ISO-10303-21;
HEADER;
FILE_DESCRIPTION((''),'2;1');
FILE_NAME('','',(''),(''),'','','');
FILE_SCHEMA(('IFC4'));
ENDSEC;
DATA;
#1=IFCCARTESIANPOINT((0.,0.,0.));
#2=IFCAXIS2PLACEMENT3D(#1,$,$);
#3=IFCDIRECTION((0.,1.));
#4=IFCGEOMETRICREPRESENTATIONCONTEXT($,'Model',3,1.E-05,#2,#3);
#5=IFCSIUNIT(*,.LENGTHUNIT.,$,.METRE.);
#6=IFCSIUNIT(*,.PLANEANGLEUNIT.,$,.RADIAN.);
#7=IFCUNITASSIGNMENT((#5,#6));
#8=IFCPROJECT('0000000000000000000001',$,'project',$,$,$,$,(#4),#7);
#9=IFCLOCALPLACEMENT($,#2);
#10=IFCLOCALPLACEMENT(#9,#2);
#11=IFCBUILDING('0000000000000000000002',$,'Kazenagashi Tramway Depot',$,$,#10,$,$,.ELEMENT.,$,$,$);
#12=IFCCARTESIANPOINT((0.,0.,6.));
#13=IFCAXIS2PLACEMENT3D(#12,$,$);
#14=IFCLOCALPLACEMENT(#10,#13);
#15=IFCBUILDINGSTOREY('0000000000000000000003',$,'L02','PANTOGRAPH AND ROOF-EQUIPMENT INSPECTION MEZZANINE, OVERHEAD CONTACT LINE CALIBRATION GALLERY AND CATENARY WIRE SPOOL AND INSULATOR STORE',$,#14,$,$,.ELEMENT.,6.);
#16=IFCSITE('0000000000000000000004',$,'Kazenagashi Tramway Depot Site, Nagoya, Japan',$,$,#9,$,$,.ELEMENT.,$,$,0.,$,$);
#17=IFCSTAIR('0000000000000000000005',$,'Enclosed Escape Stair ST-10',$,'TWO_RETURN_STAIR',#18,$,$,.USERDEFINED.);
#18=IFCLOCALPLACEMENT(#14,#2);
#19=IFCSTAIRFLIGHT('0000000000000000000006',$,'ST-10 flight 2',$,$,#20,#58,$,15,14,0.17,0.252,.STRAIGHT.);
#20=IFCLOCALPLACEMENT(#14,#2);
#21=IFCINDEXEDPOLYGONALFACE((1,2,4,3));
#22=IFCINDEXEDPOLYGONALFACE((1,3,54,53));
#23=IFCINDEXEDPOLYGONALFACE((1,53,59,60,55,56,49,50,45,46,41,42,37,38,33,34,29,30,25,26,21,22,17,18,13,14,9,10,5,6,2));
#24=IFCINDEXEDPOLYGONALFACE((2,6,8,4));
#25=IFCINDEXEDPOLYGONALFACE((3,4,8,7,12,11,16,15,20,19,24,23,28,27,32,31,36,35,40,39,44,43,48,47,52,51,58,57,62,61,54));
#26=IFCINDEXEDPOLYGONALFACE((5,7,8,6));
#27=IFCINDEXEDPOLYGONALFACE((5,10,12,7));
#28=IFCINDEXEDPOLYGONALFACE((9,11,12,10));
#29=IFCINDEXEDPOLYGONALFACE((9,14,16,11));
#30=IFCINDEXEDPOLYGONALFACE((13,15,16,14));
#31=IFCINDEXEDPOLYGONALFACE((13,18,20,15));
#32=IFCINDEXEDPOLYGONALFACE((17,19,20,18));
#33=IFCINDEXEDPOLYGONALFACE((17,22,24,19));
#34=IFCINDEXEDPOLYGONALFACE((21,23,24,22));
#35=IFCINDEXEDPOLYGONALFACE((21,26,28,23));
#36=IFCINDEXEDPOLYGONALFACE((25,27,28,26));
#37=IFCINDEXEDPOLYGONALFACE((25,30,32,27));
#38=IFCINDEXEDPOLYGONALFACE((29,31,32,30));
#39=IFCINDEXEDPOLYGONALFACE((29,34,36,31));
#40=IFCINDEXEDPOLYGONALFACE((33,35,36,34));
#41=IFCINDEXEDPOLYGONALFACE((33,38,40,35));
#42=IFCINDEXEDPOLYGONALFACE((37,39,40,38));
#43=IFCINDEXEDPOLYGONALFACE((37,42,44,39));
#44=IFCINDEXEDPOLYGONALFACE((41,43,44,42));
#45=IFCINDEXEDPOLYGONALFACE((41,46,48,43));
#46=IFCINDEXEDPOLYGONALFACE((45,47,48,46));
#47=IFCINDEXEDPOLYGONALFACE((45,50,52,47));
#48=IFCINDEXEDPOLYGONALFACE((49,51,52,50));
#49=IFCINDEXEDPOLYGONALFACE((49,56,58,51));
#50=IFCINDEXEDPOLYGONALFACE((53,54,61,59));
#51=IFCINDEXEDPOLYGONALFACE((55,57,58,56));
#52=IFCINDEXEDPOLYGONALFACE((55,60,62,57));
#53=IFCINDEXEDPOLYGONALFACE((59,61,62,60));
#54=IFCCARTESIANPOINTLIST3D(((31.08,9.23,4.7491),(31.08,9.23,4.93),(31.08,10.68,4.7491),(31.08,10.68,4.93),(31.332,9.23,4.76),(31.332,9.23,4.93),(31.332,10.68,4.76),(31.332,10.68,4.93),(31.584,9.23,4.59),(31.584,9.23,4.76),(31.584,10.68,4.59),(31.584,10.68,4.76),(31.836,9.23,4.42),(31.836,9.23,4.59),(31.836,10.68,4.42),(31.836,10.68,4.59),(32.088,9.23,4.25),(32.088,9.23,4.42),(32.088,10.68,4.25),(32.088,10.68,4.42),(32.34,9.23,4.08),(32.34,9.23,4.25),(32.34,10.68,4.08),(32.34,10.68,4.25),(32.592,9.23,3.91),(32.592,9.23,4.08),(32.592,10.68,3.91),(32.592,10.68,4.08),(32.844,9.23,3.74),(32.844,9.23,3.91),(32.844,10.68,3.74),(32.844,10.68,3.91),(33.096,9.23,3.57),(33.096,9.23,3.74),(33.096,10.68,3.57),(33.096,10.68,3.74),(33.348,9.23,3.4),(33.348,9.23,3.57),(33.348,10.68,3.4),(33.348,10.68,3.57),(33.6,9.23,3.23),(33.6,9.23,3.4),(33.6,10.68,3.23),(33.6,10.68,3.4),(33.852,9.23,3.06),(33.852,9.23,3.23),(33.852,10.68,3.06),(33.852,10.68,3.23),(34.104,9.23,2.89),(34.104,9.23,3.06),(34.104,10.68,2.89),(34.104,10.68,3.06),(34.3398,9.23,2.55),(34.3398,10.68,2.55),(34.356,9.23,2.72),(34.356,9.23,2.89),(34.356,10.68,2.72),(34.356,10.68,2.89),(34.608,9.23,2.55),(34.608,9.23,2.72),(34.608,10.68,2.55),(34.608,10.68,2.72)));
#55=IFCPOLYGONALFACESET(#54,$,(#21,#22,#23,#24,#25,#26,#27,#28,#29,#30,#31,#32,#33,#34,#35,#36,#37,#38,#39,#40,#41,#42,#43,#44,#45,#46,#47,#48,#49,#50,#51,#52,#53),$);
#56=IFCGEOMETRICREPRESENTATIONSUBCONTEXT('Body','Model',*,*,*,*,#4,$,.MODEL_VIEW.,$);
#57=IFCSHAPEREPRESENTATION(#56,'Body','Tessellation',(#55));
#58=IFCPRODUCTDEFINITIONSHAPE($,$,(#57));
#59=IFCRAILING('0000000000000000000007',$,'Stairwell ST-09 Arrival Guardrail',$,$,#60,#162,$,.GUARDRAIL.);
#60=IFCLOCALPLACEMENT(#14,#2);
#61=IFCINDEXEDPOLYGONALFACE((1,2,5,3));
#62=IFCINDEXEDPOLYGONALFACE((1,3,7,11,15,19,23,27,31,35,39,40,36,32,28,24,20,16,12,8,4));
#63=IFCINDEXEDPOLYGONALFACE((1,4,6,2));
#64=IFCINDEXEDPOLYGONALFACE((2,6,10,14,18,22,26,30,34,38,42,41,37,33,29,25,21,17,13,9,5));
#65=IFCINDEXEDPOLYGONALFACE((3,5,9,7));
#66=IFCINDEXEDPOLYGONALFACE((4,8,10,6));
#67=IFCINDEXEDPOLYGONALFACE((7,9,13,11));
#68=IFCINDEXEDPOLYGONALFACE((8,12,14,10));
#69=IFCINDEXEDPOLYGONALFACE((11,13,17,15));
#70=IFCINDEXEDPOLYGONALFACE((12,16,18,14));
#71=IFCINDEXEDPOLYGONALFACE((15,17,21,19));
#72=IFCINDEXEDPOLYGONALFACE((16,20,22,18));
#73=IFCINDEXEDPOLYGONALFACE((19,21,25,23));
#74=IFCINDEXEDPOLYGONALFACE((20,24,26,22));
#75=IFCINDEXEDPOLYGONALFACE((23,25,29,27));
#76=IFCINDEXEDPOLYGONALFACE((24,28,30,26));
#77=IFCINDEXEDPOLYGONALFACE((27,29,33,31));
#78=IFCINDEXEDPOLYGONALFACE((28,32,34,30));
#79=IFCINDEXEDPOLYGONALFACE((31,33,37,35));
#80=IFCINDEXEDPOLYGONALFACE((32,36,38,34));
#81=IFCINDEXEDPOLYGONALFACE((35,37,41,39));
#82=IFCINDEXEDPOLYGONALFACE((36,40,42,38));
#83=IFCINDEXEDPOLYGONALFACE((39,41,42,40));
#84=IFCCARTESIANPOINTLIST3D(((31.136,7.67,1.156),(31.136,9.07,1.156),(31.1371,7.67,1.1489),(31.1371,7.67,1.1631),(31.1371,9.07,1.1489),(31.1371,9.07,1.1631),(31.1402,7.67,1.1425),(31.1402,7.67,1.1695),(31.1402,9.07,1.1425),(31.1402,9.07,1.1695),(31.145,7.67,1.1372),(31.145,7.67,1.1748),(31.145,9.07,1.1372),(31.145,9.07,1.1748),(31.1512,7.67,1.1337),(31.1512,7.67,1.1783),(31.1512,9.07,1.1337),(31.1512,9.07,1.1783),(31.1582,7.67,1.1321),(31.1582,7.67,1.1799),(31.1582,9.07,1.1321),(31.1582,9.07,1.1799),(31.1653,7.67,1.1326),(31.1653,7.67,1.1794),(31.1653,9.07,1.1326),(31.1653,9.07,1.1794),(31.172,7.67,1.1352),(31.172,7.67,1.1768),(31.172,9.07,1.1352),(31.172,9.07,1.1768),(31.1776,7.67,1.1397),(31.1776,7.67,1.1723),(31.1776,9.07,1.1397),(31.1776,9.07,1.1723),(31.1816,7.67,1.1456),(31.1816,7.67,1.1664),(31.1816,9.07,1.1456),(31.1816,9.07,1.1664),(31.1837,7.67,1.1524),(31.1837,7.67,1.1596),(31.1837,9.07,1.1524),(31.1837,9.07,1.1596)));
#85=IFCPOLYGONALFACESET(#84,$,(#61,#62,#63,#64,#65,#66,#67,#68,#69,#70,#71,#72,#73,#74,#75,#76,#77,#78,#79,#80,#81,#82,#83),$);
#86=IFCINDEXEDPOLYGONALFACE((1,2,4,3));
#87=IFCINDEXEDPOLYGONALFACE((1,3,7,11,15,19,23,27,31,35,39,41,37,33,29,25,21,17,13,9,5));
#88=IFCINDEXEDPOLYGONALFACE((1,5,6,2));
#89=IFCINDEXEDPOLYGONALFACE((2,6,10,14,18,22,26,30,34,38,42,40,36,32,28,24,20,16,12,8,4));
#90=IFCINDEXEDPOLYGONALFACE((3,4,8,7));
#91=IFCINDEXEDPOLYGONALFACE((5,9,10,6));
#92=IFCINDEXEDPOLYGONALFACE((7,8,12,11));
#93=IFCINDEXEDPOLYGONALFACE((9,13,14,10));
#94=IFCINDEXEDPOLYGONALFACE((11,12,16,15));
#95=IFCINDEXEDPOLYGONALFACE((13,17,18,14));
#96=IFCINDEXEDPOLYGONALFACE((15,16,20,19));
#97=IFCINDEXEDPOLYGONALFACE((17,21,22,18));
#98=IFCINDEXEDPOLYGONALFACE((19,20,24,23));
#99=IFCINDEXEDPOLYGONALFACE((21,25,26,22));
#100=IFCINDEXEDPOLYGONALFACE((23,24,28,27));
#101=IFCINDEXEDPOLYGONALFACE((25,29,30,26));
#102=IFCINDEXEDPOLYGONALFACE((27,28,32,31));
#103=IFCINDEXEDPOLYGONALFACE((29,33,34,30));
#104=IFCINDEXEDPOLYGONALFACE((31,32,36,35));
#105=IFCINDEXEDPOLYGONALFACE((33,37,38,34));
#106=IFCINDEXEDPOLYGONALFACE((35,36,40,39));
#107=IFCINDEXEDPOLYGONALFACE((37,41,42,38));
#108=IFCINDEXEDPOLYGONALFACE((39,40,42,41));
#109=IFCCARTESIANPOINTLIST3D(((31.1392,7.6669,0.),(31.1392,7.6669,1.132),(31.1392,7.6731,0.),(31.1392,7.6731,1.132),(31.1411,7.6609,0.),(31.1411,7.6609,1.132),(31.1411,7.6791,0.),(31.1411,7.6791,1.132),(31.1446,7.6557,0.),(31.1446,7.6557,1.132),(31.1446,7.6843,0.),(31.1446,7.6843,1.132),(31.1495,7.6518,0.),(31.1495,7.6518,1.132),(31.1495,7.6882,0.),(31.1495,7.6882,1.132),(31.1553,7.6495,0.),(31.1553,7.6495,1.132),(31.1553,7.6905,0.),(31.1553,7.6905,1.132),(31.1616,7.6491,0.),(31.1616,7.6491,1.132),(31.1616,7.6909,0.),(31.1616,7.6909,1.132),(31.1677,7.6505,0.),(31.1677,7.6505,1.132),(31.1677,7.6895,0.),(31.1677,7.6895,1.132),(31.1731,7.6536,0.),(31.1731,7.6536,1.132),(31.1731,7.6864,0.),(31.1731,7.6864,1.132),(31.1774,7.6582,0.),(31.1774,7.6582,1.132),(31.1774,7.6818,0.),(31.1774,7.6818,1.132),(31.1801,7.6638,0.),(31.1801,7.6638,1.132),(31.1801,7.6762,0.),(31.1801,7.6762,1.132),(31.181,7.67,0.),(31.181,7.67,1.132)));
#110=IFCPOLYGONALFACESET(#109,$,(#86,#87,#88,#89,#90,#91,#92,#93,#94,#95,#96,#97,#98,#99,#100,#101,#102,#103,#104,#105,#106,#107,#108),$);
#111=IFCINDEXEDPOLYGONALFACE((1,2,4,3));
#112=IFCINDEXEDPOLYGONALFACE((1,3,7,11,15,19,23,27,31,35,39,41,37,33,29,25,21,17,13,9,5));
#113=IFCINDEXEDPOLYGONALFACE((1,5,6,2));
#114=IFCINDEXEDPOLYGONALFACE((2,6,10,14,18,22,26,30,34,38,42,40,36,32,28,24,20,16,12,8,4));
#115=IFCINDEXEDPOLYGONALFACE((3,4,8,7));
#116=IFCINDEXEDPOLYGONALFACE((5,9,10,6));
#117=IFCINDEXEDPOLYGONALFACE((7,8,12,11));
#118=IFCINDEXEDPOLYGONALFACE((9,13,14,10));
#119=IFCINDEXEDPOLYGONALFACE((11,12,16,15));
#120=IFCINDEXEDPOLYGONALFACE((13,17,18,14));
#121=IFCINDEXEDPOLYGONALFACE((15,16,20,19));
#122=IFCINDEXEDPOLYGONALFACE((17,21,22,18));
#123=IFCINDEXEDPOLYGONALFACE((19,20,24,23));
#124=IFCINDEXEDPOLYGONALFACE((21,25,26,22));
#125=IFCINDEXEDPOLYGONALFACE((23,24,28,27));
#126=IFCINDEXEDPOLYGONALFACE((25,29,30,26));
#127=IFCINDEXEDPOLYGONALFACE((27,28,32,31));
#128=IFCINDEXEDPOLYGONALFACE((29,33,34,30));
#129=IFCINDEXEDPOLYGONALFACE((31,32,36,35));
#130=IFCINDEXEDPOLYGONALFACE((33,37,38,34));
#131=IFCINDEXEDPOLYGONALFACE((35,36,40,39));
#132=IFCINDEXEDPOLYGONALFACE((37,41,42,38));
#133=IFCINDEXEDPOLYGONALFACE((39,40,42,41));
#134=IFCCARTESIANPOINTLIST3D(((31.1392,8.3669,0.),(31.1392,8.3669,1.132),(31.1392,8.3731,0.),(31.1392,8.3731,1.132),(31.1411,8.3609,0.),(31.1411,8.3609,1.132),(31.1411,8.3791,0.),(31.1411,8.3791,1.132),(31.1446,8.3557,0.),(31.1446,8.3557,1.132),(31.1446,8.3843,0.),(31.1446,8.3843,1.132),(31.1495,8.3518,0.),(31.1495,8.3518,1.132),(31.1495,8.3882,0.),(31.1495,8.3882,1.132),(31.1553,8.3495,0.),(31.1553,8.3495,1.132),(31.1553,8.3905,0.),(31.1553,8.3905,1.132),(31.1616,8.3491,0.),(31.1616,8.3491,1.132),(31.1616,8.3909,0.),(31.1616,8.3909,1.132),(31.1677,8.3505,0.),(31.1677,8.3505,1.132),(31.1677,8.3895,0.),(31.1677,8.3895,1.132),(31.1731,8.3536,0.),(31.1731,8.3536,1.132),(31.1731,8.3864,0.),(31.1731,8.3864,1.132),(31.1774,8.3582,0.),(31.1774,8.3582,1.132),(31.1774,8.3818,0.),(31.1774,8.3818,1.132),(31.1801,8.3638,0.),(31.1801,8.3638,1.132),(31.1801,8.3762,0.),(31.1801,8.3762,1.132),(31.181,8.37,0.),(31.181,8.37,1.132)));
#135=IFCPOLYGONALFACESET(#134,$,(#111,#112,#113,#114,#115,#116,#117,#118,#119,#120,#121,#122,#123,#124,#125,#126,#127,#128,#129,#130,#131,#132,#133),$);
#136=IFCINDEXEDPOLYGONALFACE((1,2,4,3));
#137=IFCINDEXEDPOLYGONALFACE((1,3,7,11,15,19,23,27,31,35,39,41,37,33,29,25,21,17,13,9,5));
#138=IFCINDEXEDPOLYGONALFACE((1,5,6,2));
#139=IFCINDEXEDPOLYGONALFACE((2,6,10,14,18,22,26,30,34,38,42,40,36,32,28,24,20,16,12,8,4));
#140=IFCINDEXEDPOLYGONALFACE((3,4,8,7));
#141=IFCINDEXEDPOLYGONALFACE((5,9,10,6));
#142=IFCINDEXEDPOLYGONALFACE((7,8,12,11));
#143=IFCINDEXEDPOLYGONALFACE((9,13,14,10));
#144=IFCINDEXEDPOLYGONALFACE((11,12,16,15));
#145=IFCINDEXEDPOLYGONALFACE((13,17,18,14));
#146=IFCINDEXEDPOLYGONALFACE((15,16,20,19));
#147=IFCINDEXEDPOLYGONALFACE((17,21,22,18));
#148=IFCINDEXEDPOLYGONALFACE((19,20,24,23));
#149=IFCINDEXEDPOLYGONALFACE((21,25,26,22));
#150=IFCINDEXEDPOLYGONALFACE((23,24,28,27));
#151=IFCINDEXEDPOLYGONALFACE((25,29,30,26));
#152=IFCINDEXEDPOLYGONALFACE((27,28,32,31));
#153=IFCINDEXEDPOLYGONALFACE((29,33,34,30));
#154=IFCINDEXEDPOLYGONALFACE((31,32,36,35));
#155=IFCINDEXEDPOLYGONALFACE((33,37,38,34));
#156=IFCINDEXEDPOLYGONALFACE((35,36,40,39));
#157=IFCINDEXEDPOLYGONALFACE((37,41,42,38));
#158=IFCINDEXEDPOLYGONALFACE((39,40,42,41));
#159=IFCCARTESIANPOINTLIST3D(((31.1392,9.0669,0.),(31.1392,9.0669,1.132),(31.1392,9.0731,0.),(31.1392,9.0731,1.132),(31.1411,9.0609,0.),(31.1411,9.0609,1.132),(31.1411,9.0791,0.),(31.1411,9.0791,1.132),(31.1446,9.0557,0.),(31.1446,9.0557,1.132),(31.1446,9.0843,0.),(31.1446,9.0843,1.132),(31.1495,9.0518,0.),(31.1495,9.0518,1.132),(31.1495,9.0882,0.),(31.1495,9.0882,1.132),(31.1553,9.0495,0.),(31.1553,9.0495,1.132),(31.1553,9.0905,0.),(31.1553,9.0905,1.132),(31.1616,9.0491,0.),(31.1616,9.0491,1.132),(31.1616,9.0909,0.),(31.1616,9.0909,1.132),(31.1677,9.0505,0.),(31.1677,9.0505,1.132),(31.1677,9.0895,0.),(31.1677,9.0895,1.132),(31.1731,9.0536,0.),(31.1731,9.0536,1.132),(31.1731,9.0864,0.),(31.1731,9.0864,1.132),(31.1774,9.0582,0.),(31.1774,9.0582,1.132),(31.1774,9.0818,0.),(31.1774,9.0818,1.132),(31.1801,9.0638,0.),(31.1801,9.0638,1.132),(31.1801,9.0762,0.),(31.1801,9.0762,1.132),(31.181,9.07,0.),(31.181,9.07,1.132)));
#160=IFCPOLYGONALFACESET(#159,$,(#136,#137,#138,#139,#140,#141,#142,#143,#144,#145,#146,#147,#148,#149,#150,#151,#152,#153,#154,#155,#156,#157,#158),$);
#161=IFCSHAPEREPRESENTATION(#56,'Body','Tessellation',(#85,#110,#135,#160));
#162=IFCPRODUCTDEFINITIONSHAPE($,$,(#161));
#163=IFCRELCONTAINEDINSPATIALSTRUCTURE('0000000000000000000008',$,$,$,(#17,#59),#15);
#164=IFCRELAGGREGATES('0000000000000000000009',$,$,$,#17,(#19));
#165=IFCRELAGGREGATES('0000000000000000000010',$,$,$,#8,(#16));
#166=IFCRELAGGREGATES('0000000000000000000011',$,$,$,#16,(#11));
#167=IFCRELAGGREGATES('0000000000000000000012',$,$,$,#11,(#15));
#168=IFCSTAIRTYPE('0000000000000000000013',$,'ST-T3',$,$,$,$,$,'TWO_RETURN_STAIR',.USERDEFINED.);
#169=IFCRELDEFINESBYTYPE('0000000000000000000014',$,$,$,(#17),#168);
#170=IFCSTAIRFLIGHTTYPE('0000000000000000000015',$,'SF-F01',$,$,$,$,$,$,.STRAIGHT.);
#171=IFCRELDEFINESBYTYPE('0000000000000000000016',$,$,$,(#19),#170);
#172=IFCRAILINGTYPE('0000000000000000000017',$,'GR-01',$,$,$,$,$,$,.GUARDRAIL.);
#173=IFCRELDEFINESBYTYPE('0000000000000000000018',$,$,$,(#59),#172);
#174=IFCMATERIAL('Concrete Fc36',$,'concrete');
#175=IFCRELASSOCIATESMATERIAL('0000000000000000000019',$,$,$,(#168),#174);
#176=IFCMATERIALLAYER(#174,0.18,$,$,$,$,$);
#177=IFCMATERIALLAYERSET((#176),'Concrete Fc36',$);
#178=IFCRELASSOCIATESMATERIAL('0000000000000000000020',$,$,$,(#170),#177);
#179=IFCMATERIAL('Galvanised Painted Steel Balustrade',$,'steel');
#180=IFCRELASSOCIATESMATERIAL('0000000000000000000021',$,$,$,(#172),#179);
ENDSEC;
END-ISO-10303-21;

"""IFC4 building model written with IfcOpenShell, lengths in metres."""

from ifc_helpers import new_model, si_unit, direction, frame, origin, origin_2d, place, context, subcontext, project, spatial, polyline, circle, outline, extrude, material, layer, layer_set, type_object, element, aggregate, save


model = new_model("IFC4")

# Units and contexts
model_context = context("Model", 3, precision=1e-05, world=origin(), true_north=direction((0.0, 1.0)))
body_context = subcontext(model_context, "Body", "Model", "MODEL_VIEW")
ifc_project = project(units=[si_unit("LENGTHUNIT", "METRE"), si_unit("PLANEANGLEUNIT", "RADIAN")], contexts=[model_context])

# Site, building, storey
site_placement = place(None, origin())
site = spatial("IfcSite", under=ifc_project, at=site_placement, Name="Kazenagashi Tramway Depot Site, Nagoya, Japan", CompositionType="ELEMENT", RefElevation=0.0)
building_placement = place(site_placement, origin())
building = spatial("IfcBuilding", under=site, at=building_placement, Name="Kazenagashi Tramway Depot", CompositionType="ELEMENT")
storey_placement = place(building_placement, frame((0.0, 0.0, 6.0)))
storey = spatial("IfcBuildingStorey", under=building, at=storey_placement, Name="L02", Description="PANTOGRAPH AND ROOF-EQUIPMENT INSPECTION MEZZANINE, OVERHEAD CONTACT LINE CALIBRATION GALLERY AND CATENARY WIRE SPOOL AND INSULATOR STORE", CompositionType="ELEMENT", Elevation=6.0)

# Shared definitions
ifc_material_1 = material(Name="Concrete Fc36", Category="concrete")

# Stair, stair flight
stair_type = type_object("IfcStairType", Name="ST-T3", ElementType="TWO_RETURN_STAIR", PredefinedType="USERDEFINED", material=ifc_material_1)
stair_placement = place(storey_placement, origin())
stair = element("IfcStair", 1, at=stair_placement, inside=storey, type_object=stair_type, Name="Enclosed Escape Stair ST-10", ObjectType="TWO_RETURN_STAIR", PredefinedType="USERDEFINED")
ifc_layer_1 = layer(ifc_material_1, 0.18)
ifc_layer_set_1 = layer_set([ifc_layer_1], Name="Concrete Fc36")
stair_flight_type = type_object("IfcStairFlightType", Name="SF-F01", PredefinedType="STRAIGHT", material=ifc_layer_set_1)
stair_flight_1_placement = place(storey_placement, frame((34.608, 9.955, 2.55), z_axis=(0.0, 0.0, 1.0), x_axis=(-1.0, 0.0, 0.0)))
stair_flight_1 = element("IfcStairFlight", 2, at=stair_flight_1_placement, type_object=stair_flight_type, Name="ST-10 flight 2", NumberOfRisers=15, NumberOfTreads=14, PredefinedType="STRAIGHT", RiserHeight=0.17, TreadLength=0.252, context=body_context, shape_type="SweptSolid", body=[
    extrude(outline(polyline([(0.0, 0.0), (0.0, 0.17), (0.252, 0.17), (0.252, 0.34), (0.504, 0.34), (0.504, 0.51), (0.756, 0.51), (0.756, 0.68), (1.008, 0.68), (1.008, 0.85), (1.26, 0.85), (1.26, 1.02), (1.512, 1.02), (1.512, 1.19), (1.764, 1.19), (1.764, 1.36), (2.016, 1.36), (2.016, 1.53), (2.268, 1.53), (2.268, 1.7), (2.52, 1.7), (2.52, 1.87), (2.772, 1.87), (2.772, 2.04), (3.024, 2.04), (3.024, 2.21), (3.276, 2.21), (3.276, 2.38), (3.528, 2.38), (3.528, 2.55), (3.528, 2.1991), (0.2682, 0.0), (0.0, 0.0)])), frame((0.0, 0.725, 0.0), z_axis=(0.0, -1.0, 0.0), x_axis=(1.0, 0.0, 0.0)), (0.0, 0.0, 1.0), 1.45),
])
aggregate(stair, [stair_flight_1])

# Railing
ifc_material_2 = material(Name="Galvanised Painted Steel Balustrade", Category="steel")
railing_type_1 = type_object("IfcRailingType", Name="GR-01", PredefinedType="GUARDRAIL", material=ifc_material_2)
railing_1_placement = place(storey_placement, frame((31.16, 7.67, 0.0)))
element("IfcRailing", 3, at=railing_1_placement, inside=storey, type_object=railing_type_1, Name="Stairwell ST-09 Arrival Guardrail", PredefinedType="GUARDRAIL", context=body_context, shape_type="SweptSolid", body=[
    extrude(circle(Radius=0.024, at=origin_2d()), frame((0.0, 0.0, 1.156), z_axis=(0.0, 1.0, 0.0), x_axis=(-1.0, 0.0, 0.0)), (0.0, 0.0, 1.0), 1.4),
    extrude(circle(Radius=0.021, at=origin_2d()), origin(), (0.0, 0.0, 1.0), 1.132),
    extrude(circle(Radius=0.021, at=origin_2d()), frame((0.0, 0.7, 0.0)), (0.0, 0.0, 1.0), 1.132),
    extrude(circle(Radius=0.021, at=origin_2d()), frame((0.0, 1.4, 0.0)), (0.0, 0.0, 1.0), 1.132),
])

save(model, "model.ifc")
